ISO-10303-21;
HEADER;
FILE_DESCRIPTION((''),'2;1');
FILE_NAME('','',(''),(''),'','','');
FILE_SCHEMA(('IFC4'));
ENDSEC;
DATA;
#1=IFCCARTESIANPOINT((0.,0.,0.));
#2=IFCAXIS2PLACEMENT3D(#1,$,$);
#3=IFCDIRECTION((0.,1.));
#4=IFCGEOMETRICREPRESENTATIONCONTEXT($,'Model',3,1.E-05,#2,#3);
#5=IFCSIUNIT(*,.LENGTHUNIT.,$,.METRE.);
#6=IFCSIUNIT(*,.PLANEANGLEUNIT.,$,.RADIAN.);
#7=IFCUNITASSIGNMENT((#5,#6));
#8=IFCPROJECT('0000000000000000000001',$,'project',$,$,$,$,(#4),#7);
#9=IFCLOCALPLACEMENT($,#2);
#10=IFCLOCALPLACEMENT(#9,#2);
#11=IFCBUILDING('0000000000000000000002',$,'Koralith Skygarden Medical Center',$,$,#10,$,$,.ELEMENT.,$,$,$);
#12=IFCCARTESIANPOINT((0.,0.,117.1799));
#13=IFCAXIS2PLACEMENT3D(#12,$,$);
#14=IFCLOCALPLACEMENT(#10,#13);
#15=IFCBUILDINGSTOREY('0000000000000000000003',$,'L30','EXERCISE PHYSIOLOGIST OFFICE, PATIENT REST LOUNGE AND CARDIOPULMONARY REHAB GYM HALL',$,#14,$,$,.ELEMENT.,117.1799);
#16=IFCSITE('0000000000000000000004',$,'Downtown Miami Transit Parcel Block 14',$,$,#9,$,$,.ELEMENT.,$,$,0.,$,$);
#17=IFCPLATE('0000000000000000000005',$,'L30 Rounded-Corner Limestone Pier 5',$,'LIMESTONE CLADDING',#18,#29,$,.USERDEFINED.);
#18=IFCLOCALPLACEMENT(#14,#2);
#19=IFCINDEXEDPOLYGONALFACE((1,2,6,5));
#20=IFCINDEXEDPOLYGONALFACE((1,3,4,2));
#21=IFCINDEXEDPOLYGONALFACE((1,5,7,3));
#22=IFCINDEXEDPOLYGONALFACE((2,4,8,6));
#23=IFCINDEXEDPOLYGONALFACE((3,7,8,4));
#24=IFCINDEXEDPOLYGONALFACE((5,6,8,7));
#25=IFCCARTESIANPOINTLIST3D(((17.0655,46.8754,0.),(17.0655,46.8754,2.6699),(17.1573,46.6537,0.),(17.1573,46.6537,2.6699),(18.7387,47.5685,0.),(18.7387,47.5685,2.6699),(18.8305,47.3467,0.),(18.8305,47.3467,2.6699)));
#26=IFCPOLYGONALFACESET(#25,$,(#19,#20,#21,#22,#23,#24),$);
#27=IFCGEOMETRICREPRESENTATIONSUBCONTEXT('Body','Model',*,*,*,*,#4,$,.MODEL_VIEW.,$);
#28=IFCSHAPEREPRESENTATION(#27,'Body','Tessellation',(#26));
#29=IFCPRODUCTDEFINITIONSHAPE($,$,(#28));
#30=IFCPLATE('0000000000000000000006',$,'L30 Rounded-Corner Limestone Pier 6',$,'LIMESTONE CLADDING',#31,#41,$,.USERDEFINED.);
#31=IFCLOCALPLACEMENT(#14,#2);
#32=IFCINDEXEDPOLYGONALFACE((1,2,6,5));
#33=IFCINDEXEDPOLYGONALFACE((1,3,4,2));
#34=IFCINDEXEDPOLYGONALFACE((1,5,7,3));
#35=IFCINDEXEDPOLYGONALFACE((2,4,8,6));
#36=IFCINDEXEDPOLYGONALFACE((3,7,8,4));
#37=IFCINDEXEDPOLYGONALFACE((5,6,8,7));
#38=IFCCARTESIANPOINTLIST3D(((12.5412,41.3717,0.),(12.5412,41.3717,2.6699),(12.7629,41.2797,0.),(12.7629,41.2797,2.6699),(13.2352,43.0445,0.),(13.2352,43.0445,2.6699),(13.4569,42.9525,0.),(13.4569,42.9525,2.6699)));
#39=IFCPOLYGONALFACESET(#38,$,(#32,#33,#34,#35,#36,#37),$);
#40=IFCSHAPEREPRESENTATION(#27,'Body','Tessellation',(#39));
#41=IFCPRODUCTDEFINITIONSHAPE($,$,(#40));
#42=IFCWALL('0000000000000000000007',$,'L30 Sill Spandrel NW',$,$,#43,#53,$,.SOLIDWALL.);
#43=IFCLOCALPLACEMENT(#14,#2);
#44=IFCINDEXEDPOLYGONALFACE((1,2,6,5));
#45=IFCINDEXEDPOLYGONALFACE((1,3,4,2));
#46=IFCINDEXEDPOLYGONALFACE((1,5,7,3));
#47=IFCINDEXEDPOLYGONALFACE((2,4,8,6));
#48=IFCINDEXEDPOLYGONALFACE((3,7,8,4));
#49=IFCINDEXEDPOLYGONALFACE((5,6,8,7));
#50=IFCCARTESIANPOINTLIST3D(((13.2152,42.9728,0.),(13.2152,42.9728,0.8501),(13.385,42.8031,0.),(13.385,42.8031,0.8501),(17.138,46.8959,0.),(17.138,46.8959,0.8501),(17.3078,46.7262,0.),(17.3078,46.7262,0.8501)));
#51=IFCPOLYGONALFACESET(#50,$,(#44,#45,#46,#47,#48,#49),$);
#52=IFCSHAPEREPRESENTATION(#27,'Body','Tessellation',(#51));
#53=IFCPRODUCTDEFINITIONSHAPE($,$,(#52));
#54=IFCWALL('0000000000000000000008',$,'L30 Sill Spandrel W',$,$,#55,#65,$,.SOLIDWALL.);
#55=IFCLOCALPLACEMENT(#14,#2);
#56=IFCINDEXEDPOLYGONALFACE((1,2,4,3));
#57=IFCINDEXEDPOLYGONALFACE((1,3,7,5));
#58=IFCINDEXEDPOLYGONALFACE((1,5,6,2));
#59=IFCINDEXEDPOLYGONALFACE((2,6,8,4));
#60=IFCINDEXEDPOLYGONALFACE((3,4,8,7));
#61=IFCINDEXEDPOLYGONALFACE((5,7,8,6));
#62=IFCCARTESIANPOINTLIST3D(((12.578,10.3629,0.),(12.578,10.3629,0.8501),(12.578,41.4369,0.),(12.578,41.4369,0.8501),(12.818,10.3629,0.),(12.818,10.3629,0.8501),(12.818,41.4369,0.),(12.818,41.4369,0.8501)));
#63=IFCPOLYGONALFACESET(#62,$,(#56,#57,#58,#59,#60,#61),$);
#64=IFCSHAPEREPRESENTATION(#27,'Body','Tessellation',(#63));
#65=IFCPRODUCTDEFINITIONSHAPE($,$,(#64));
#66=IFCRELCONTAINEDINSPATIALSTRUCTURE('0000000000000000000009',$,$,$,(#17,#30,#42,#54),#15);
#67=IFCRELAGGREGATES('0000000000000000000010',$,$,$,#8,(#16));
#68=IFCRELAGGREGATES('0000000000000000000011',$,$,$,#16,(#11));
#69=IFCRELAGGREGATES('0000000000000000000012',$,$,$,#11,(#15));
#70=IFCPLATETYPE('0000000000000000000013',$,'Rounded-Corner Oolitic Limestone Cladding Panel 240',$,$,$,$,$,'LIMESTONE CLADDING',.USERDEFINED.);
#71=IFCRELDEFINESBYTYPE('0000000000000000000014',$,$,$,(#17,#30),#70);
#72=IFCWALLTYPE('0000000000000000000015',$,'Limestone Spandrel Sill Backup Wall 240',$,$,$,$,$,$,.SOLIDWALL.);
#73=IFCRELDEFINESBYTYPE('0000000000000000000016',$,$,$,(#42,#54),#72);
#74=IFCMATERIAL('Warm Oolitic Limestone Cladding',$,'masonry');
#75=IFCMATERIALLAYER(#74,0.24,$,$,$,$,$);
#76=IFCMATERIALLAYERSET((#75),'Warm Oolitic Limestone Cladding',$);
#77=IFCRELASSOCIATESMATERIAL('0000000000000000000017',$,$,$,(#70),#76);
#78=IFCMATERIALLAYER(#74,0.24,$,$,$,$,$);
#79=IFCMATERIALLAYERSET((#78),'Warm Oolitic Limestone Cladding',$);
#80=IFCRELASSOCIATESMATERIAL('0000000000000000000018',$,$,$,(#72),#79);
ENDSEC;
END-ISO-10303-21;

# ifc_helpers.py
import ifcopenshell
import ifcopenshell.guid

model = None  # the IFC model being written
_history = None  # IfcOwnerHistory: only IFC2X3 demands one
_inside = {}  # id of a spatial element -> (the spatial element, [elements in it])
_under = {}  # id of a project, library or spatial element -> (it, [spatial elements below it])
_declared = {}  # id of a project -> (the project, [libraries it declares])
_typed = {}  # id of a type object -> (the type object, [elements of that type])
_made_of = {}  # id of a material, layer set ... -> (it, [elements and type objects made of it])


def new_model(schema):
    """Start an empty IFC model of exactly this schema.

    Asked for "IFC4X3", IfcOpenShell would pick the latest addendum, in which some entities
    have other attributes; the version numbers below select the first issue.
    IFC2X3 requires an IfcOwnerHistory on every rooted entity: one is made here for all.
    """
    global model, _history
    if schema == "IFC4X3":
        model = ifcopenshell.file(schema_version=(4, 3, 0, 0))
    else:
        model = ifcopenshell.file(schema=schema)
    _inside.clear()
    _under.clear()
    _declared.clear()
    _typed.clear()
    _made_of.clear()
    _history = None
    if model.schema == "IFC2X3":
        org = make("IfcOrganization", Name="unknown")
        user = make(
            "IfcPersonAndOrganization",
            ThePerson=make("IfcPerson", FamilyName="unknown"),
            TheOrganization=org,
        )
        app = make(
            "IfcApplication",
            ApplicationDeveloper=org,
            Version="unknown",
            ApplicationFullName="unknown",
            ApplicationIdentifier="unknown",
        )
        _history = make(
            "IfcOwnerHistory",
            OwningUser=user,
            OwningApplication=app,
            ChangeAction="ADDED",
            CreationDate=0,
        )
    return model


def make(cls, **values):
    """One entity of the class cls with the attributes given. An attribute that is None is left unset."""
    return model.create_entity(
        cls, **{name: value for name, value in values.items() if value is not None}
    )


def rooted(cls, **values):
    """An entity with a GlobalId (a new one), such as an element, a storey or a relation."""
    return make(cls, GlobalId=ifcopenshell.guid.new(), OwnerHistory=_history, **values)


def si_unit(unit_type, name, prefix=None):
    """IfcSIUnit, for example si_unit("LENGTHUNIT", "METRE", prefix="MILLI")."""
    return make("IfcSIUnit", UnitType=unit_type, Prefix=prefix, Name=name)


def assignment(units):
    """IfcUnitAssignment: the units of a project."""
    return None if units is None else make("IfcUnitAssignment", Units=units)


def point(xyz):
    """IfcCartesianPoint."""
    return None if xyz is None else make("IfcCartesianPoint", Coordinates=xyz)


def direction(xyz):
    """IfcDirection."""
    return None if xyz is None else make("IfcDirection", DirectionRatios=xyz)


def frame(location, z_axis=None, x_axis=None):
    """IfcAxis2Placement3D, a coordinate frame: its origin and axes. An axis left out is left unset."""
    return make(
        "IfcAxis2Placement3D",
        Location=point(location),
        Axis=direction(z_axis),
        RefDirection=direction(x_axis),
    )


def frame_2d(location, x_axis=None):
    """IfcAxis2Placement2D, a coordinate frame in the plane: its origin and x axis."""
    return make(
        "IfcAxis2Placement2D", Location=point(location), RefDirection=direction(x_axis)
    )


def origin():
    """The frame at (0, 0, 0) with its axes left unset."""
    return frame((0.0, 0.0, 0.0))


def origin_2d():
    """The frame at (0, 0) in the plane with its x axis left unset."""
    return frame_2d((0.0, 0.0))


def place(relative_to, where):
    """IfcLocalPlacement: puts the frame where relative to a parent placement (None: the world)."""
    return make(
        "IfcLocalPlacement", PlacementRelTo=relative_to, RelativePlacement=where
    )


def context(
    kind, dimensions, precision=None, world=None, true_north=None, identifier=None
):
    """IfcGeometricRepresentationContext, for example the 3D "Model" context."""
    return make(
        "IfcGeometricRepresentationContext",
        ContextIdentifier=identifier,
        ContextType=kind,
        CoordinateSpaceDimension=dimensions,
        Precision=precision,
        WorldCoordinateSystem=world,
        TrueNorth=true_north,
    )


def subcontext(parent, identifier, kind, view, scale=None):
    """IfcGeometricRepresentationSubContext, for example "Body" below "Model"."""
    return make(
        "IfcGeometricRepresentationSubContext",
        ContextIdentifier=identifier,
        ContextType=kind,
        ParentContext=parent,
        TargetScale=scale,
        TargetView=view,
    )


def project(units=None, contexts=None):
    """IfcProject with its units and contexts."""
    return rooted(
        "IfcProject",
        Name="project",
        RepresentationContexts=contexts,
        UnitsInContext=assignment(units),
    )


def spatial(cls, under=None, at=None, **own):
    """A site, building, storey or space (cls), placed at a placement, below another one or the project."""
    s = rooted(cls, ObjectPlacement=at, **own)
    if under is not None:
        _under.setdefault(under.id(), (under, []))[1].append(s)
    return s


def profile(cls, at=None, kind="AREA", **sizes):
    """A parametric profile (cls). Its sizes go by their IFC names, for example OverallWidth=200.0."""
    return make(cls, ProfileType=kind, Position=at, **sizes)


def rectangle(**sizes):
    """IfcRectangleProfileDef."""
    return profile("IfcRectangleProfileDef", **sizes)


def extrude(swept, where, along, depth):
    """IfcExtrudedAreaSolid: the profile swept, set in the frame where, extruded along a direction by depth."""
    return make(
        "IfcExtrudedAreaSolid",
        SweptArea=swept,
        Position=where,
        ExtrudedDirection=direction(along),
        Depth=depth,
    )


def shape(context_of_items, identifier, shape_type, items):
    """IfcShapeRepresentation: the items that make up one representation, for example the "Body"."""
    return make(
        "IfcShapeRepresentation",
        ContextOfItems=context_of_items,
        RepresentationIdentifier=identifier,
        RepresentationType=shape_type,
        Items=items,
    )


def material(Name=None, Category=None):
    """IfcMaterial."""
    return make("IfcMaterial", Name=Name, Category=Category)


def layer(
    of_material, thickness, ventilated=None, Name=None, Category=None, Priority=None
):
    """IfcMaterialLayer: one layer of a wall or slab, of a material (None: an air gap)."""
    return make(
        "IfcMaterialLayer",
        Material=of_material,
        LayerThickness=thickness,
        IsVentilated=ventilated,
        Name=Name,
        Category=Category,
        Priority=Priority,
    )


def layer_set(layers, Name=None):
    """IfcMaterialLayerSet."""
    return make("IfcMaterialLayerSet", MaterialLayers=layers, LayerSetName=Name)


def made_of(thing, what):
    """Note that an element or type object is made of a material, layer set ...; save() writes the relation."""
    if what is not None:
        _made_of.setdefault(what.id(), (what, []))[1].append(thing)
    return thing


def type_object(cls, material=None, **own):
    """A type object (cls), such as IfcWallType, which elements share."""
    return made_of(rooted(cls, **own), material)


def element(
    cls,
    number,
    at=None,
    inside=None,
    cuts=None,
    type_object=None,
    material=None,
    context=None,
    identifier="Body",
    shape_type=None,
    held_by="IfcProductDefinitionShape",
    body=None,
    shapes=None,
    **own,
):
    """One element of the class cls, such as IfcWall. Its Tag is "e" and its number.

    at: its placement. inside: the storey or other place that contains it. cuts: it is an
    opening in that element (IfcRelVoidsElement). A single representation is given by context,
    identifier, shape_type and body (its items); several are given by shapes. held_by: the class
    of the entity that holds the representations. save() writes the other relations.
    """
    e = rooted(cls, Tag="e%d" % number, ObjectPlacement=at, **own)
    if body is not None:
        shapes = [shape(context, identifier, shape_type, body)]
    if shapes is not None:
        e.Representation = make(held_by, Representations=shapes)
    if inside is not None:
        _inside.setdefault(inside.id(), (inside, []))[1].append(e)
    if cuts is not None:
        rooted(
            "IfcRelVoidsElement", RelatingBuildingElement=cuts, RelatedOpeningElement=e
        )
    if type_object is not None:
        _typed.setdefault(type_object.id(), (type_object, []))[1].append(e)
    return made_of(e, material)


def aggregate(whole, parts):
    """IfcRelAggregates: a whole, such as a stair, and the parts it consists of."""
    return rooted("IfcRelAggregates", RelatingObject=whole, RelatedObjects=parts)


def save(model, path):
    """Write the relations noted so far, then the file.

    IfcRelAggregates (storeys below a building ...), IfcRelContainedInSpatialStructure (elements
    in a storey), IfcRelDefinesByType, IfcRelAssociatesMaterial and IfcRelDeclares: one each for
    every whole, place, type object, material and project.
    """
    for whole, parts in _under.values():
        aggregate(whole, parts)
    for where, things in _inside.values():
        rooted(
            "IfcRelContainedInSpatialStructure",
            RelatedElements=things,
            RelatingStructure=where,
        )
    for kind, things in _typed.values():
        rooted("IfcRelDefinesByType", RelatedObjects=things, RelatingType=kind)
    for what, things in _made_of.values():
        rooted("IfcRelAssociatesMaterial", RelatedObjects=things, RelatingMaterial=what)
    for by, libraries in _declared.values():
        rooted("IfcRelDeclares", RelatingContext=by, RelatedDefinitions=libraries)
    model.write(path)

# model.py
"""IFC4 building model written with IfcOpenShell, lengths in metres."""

from ifc_helpers import new_model, si_unit, direction, frame, frame_2d, origin, origin_2d, place, context, subcontext, project, spatial, rectangle, extrude, material, layer, layer_set, type_object, element, save


model = new_model("IFC4")

# Units and contexts
model_context = context("Model", 3, precision=1e-05, world=origin(), true_north=direction((0.0, 1.0)))
body_context = subcontext(model_context, "Body", "Model", "MODEL_VIEW")
ifc_project = project(units=[si_unit("LENGTHUNIT", "METRE"), si_unit("PLANEANGLEUNIT", "RADIAN")], contexts=[model_context])

# Site, building, storey
site_placement = place(None, origin())
site = spatial("IfcSite", under=ifc_project, at=site_placement, Name="Downtown Miami Transit Parcel Block 14", CompositionType="ELEMENT", RefElevation=0.0)
building_placement = place(site_placement, origin())
building = spatial("IfcBuilding", under=site, at=building_placement, Name="Koralith Skygarden Medical Center", CompositionType="ELEMENT")
storey_placement = place(building_placement, frame((0.0, 0.0, 117.1799)))
storey = spatial("IfcBuildingStorey", under=building, at=storey_placement, Name="L30", Description="EXERCISE PHYSIOLOGIST OFFICE, PATIENT REST LOUNGE AND CARDIOPULMONARY REHAB GYM HALL", CompositionType="ELEMENT", Elevation=117.1799)

# Plates
ifc_material_1 = material(Name="Warm Oolitic Limestone Cladding", Category="masonry")
ifc_layer_1 = layer(ifc_material_1, 0.24)
ifc_layer_set_1 = layer_set([ifc_layer_1], Name="Warm Oolitic Limestone Cladding")
plate_type_1 = type_object("IfcPlateType", Name="Rounded-Corner Oolitic Limestone Cladding Panel 240", ElementType="LIMESTONE CLADDING", PredefinedType="USERDEFINED", material=ifc_layer_set_1)
for number, where, z_axis, x_axis, name in (
    (1, (17.948, 47.1111, 0.0), (0.0, 0.0, 1.0), (-0.923885, -0.382671, 0.0), "L30 Rounded-Corner Limestone Pier 5"),
    (2, (12.999, 42.1621, 0.0), (0.0, 0.0, 1.0), (-0.383214, -0.92366, 0.0), "L30 Rounded-Corner Limestone Pier 6"),
):
    element("IfcPlate", number, at=place(storey_placement, frame(where, z_axis=z_axis, x_axis=x_axis)), inside=storey, type_object=plate_type_1, Name=name, ObjectType="LIMESTONE CLADDING", PredefinedType="USERDEFINED", context=body_context, shape_type="SweptSolid", body=[
        extrude(rectangle(XDim=1.811, YDim=0.24, at=origin_2d()), origin(), (0.0, 0.0, 1.0), 2.6699),
    ])

# Walls
ifc_layer_2 = layer(ifc_material_1, 0.24)
ifc_layer_set_2 = layer_set([ifc_layer_2], Name="Warm Oolitic Limestone Cladding")
wall_type = type_object("IfcWallType", Name="Limestone Spandrel Sill Backup Wall 240", PredefinedType="SOLIDWALL", material=ifc_layer_set_2)
wall_1_placement = place(storey_placement, frame((17.2229, 46.811, 0.0), z_axis=(0.0, 0.0, 1.0), x_axis=(-0.707085, -0.707129, 0.0)))
element("IfcWall", 3, at=wall_1_placement, inside=storey, type_object=wall_type, Name="L30 Sill Spandrel NW", PredefinedType="SOLIDWALL", context=body_context, shape_type="SweptSolid", body=[
    extrude(rectangle(XDim=5.5479, YDim=0.24, at=frame_2d((2.7739, 0.0))), origin(), (0.0, 0.0, 1.0), 0.8501),
])
wall_2_placement = place(storey_placement, frame((12.698, 41.437, 0.0), z_axis=(0.0, 0.0, 1.0), x_axis=(0.0, -1.0, 0.0)))
element("IfcWall", 4, at=wall_2_placement, inside=storey, type_object=wall_type, Name="L30 Sill Spandrel W", PredefinedType="SOLIDWALL", context=body_context, shape_type="SweptSolid", body=[
    extrude(rectangle(XDim=31.074, YDim=0.24, at=frame_2d((15.5371, 0.0))), origin(), (0.0, 0.0, 1.0), 0.8501),
])

save(model, "model.ifc")
